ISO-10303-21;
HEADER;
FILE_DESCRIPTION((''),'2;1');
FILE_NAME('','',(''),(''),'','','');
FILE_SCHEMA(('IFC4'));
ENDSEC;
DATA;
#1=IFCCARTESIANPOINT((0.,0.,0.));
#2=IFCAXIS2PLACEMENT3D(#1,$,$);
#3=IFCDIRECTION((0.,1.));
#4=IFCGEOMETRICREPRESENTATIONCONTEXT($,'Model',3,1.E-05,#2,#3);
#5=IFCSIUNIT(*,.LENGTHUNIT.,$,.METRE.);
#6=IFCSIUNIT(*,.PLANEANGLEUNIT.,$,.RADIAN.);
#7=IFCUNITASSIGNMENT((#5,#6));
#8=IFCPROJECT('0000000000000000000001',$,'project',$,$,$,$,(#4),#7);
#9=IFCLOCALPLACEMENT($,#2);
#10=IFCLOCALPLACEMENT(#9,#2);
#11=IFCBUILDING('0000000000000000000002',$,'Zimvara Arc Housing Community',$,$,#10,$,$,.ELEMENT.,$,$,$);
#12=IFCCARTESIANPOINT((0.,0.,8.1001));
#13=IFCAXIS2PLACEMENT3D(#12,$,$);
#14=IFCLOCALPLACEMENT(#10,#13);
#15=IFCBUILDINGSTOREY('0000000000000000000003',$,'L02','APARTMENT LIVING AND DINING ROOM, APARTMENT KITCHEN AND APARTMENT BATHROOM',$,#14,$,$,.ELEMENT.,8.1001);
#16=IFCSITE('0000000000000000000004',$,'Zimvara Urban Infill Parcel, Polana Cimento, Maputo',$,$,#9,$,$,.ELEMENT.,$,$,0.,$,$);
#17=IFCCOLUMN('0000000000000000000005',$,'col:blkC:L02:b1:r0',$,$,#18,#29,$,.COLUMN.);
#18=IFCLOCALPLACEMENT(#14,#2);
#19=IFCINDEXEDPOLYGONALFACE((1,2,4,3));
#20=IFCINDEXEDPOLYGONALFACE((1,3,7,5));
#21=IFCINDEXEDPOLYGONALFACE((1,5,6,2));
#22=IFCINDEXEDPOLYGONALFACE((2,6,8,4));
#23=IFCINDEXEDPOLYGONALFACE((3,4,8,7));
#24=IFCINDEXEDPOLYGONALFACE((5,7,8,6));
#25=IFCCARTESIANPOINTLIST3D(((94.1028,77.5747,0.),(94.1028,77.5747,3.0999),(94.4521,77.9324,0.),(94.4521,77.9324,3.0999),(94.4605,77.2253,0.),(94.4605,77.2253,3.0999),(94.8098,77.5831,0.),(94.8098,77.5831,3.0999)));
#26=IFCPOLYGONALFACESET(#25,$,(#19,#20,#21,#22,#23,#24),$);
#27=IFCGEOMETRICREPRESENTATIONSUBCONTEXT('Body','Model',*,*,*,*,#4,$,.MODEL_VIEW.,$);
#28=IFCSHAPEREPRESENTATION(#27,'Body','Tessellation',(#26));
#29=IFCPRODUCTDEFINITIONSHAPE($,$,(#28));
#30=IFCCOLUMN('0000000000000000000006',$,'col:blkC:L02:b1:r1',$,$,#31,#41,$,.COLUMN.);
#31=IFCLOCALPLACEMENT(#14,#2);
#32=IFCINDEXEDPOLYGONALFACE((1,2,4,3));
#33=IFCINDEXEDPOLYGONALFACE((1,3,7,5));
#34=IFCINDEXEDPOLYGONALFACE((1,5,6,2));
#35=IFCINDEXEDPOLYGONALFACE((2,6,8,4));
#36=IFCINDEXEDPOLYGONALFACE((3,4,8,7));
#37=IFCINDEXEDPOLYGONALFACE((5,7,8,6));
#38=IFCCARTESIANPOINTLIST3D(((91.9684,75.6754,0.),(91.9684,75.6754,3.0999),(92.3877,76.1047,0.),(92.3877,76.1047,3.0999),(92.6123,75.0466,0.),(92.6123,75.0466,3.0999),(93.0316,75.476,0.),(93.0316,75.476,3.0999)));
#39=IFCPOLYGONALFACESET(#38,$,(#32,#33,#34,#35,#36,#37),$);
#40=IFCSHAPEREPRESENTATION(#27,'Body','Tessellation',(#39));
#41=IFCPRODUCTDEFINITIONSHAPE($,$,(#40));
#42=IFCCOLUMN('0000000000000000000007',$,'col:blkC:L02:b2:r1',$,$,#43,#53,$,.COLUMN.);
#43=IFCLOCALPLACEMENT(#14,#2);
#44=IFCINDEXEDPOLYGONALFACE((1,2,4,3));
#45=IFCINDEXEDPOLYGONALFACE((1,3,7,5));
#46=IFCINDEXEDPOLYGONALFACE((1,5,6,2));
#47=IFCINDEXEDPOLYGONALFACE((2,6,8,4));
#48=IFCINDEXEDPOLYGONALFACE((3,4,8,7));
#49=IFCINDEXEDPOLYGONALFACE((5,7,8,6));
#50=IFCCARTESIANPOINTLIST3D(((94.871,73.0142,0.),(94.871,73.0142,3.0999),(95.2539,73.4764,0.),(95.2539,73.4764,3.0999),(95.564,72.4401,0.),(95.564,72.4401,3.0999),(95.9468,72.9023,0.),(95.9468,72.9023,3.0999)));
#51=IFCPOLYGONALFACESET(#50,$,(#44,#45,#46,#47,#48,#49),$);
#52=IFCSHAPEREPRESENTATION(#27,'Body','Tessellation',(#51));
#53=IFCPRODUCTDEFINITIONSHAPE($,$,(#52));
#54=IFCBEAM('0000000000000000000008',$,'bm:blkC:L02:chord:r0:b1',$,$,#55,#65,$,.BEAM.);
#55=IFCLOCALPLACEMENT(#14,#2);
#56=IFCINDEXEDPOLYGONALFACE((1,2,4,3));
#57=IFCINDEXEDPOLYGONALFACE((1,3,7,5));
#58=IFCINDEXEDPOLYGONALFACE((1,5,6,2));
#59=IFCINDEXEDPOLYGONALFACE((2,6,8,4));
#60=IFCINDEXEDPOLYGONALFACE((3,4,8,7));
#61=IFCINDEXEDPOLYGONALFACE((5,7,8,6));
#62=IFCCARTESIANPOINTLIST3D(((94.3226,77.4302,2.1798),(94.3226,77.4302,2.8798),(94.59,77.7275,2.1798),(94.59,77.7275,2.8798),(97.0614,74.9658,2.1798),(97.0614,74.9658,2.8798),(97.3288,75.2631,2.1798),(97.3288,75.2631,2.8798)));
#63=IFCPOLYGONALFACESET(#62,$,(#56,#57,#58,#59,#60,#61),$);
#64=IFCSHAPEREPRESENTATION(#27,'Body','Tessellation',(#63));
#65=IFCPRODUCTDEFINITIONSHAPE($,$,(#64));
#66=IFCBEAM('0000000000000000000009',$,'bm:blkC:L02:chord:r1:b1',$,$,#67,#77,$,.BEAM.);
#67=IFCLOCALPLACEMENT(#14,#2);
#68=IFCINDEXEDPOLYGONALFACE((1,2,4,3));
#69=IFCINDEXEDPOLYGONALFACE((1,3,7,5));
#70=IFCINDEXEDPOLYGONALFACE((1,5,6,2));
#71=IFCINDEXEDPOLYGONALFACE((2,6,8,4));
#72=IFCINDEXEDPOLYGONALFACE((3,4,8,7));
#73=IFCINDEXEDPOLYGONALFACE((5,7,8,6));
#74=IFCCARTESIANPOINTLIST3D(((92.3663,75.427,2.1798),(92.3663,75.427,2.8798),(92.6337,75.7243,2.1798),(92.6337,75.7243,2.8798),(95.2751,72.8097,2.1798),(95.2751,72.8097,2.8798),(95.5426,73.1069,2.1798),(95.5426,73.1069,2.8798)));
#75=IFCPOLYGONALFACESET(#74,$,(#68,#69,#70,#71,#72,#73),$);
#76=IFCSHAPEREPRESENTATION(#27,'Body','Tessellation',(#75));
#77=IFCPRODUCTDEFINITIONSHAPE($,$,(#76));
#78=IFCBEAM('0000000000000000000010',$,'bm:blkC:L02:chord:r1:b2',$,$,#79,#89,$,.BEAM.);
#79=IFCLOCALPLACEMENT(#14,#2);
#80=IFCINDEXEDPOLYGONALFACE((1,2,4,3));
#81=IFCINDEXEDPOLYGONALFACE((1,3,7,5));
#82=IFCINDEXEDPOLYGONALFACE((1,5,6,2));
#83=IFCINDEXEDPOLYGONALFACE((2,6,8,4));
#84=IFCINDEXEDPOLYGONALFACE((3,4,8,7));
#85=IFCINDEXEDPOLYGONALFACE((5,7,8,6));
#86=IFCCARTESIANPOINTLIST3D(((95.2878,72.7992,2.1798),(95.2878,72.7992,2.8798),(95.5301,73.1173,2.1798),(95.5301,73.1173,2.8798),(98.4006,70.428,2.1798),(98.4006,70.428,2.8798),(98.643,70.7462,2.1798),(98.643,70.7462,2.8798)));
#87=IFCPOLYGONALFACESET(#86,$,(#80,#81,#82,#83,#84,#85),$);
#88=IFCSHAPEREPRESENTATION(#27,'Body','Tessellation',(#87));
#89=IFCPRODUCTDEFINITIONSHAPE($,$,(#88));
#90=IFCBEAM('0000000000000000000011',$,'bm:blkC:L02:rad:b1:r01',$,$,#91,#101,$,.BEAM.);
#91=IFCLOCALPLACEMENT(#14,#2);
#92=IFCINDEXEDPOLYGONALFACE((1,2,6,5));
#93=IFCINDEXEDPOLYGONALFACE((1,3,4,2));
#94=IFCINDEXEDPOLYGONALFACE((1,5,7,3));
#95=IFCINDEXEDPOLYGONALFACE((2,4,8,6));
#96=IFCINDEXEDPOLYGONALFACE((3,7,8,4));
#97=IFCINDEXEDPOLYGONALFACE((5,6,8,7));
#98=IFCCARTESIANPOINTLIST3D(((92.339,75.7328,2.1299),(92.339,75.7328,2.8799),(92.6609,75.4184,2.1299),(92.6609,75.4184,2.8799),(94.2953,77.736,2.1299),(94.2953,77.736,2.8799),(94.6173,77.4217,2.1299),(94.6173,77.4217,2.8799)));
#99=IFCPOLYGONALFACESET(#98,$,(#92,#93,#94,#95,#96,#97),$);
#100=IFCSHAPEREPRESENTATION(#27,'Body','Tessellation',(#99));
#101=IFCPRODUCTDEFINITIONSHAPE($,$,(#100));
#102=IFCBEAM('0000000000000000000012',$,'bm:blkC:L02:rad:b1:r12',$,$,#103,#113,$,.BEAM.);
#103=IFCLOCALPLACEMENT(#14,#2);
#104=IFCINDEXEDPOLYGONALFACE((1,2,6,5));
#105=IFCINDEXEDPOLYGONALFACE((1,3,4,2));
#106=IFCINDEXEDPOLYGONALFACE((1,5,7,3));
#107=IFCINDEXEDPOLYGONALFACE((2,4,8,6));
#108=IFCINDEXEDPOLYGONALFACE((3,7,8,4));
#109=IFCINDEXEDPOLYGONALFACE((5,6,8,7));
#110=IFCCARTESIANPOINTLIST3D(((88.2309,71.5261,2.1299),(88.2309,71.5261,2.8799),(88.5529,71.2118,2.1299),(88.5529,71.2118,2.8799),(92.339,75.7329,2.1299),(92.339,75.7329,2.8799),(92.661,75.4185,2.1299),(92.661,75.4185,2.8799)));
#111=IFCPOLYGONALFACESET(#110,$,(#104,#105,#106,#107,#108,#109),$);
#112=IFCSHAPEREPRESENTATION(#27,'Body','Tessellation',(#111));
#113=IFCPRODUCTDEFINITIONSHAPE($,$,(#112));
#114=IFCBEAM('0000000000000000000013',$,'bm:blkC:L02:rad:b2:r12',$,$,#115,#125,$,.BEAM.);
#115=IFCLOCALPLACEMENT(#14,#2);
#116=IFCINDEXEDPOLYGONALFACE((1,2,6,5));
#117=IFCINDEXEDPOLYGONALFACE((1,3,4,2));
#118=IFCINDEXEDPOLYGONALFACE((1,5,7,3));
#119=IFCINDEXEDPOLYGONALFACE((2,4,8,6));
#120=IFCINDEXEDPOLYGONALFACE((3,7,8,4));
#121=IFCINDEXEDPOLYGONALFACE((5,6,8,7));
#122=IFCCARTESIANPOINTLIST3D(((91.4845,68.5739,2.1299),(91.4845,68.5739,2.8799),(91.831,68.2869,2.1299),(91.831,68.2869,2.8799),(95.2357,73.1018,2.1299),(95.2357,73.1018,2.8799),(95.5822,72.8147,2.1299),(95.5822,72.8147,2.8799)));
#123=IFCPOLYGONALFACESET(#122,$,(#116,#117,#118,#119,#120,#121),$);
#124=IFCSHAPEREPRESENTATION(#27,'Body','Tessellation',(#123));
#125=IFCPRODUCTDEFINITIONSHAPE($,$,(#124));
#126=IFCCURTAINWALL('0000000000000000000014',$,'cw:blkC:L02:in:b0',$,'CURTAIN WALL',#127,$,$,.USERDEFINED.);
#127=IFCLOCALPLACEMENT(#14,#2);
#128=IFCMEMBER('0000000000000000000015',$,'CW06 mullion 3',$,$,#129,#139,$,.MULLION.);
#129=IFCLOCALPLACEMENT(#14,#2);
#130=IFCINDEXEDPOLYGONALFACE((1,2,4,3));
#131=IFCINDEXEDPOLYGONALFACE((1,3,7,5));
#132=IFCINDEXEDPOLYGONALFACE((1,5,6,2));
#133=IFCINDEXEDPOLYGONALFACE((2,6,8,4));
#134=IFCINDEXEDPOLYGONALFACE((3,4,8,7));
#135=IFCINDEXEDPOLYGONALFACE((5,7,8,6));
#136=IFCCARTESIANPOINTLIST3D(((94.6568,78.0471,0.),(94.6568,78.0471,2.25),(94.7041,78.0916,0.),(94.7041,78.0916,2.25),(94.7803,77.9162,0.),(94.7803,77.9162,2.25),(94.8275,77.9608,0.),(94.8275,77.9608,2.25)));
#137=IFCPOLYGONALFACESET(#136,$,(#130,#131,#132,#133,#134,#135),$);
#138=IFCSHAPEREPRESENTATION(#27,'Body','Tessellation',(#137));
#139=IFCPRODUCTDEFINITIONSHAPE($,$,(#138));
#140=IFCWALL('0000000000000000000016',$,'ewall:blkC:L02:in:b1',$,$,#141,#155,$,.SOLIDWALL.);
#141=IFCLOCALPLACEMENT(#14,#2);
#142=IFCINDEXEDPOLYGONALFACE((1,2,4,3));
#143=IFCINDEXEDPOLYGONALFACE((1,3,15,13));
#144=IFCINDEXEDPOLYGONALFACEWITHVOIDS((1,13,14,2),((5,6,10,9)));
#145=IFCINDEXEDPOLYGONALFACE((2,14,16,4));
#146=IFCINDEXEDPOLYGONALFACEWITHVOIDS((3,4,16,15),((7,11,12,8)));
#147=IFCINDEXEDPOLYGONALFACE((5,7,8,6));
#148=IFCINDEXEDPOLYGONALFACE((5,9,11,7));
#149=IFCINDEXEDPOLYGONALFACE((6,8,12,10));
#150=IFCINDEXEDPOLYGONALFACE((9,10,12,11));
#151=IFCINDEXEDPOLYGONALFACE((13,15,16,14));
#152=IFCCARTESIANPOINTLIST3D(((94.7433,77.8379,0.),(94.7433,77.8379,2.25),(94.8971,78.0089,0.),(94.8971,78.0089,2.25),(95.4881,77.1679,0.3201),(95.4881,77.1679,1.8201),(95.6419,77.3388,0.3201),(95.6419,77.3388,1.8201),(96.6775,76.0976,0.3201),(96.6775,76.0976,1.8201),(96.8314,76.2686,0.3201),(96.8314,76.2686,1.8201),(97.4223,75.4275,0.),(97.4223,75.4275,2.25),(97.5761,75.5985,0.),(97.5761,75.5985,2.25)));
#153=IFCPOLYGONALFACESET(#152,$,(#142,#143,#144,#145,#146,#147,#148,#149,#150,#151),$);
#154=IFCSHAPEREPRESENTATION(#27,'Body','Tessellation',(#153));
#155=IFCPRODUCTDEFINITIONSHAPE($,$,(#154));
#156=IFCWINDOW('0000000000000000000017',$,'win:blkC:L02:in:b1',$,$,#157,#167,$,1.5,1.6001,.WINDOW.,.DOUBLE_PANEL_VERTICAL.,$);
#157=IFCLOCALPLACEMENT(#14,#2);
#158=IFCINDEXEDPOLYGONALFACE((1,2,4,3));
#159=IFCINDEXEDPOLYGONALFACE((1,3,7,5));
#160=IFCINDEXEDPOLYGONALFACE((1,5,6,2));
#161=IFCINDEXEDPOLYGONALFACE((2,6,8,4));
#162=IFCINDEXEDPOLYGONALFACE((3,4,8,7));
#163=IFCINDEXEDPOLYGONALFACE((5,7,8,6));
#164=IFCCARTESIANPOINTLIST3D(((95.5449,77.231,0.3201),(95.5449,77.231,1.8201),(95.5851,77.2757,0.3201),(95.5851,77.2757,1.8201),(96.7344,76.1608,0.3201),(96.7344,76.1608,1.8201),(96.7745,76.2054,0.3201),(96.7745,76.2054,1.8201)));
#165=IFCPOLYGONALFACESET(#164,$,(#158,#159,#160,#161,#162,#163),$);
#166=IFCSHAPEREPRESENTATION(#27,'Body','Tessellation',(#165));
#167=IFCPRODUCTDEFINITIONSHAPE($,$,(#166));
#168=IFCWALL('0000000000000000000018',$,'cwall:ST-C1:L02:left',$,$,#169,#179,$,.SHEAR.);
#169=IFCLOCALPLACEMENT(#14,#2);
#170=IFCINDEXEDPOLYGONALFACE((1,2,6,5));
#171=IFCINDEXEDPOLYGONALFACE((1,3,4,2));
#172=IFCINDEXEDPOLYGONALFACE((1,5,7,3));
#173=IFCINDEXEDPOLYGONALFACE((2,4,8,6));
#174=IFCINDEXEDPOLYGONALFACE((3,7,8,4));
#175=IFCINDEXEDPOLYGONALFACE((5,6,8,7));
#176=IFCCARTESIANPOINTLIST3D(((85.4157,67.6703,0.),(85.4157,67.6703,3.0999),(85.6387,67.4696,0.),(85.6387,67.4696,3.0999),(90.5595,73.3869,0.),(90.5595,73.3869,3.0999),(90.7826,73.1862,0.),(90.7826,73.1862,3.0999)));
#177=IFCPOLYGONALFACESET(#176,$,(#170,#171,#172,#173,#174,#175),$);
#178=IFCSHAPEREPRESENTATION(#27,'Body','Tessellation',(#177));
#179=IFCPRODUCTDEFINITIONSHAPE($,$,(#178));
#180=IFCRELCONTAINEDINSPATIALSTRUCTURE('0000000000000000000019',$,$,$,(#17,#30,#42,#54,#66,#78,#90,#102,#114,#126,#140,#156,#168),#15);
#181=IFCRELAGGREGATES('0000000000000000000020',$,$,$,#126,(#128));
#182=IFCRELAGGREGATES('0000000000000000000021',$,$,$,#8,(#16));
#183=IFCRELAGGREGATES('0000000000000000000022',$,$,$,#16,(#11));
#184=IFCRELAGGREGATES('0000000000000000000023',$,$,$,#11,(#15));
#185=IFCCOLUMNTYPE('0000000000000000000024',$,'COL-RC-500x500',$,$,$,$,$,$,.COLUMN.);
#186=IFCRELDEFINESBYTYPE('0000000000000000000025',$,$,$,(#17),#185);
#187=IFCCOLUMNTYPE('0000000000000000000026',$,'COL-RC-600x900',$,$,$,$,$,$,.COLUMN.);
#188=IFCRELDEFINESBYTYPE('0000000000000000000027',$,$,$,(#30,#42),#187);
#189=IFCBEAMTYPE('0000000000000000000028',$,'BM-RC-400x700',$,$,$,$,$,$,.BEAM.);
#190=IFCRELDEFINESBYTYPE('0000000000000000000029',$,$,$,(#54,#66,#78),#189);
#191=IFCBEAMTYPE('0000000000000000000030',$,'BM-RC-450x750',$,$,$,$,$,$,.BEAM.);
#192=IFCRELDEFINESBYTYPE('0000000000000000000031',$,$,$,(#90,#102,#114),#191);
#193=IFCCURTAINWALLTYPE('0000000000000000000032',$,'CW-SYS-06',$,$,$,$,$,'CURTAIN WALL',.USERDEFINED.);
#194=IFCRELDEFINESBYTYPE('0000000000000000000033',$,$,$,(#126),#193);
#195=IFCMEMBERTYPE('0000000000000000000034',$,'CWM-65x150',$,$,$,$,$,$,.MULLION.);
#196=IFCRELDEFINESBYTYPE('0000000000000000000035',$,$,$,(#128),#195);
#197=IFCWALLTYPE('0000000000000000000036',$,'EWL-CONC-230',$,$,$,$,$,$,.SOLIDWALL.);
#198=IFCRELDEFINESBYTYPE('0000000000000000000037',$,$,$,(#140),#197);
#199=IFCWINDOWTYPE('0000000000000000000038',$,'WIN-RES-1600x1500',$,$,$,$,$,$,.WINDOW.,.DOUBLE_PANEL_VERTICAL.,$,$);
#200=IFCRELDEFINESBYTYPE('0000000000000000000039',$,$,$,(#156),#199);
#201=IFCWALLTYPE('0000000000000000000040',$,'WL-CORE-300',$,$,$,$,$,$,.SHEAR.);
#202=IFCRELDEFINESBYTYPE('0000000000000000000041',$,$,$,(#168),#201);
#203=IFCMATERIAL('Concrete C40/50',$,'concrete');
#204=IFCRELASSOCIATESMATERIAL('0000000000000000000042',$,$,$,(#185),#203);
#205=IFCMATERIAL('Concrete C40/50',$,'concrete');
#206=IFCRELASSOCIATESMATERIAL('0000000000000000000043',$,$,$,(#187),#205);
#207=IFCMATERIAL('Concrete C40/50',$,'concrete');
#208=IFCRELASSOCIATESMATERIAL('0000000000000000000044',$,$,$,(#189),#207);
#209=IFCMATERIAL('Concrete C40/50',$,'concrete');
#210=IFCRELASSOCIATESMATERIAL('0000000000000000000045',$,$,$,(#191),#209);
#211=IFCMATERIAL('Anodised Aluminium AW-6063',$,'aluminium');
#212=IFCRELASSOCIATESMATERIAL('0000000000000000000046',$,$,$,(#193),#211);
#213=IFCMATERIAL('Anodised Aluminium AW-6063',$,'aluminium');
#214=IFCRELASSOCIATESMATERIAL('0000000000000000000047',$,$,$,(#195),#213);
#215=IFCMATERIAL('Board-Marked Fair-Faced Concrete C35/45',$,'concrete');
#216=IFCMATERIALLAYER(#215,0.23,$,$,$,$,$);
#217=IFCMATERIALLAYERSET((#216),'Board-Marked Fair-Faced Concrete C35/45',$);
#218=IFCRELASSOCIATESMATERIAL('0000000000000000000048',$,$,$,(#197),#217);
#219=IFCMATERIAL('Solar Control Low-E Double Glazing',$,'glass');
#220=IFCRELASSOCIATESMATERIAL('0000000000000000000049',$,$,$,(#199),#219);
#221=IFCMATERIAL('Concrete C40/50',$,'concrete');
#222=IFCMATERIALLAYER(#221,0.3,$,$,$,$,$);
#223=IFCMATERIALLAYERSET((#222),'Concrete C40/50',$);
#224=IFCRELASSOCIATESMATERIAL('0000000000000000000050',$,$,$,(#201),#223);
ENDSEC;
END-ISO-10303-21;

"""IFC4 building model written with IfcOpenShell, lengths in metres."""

from ifc_helpers import new_model, si_unit, direction, frame, frame_2d, origin, origin_2d, place, context, subcontext, project, spatial, rectangle, extrude, material, layer, layer_set, material_profile, profile_set, type_object, element, fill, aggregate, save


model = new_model("IFC4")

# Units and contexts
model_context = context("Model", 3, precision=1e-05, world=origin(), true_north=direction((0.0, 1.0)))
body_context = subcontext(model_context, "Body", "Model", "MODEL_VIEW")
ifc_project = project(units=[si_unit("LENGTHUNIT", "METRE"), si_unit("PLANEANGLEUNIT", "RADIAN")], contexts=[model_context])

# Site, building, storey
site_placement = place(None, origin())
site = spatial("IfcSite", under=ifc_project, at=site_placement, Name="Zimvara Urban Infill Parcel, Polana Cimento, Maputo", CompositionType="ELEMENT", RefElevation=0.0)
building_placement = place(site_placement, origin())
building = spatial("IfcBuilding", under=site, at=building_placement, Name="Zimvara Arc Housing Community", CompositionType="ELEMENT")
storey_placement = place(building_placement, frame((0.0, 0.0, 8.1001)))
storey = spatial("IfcBuildingStorey", under=building, at=storey_placement, Name="L02", Description="APARTMENT LIVING AND DINING ROOM, APARTMENT KITCHEN AND APARTMENT BATHROOM", CompositionType="ELEMENT", Elevation=8.1001)

# Columns
ifc_material_1 = material(Name="Concrete C40/50", Category="concrete")
ifc_material_profile_1 = material_profile(ifc_material_1, rectangle(XDim=0.5, YDim=0.5, at=origin_2d()), Name="RC 500x500")
ifc_profile_set_1 = profile_set([ifc_material_profile_1], Name="Concrete C40/50")
column_type_1 = type_object("IfcColumnType", Name="COL-RC-500x500", PredefinedType="COLUMN", material=ifc_profile_set_1)
column_placement = place(storey_placement, frame((94.4563, 77.5789, 0.0), z_axis=(0.0, 0.0, 1.0), x_axis=(-0.698665, -0.715449, 0.0)))
element("IfcColumn", 1, at=column_placement, inside=storey, type_object=column_type_1, Name="col:blkC:L02:b1:r0", PredefinedType="COLUMN", context=body_context, shape_type="SweptSolid", body=[
    extrude(rectangle(XDim=0.5, YDim=0.5, at=origin_2d()), origin(), (0.0, 0.0, 1.0), 3.0999),
])
ifc_material_2 = material(Name="Concrete C40/50", Category="concrete")
ifc_material_profile_2 = material_profile(ifc_material_2, rectangle(XDim=0.6001, YDim=0.8999, at=origin_2d()), Name="RC 600x900")
ifc_profile_set_2 = profile_set([ifc_material_profile_2], Name="Concrete C40/50")
column_type_2 = type_object("IfcColumnType", Name="COL-RC-600x900", PredefinedType="COLUMN", material=ifc_profile_set_2)
for number, where, z_axis, x_axis, name in (
    (2, (92.5, 75.5757, 0.0), (0.0, 0.0, 1.0), (-0.698665, -0.715449, 0.0), "col:blkC:L02:b1:r1"),
    (3, (95.4089, 72.9583, 0.0), (0.0, 0.0, 1.0), (-0.637962, -0.770068, 0.0), "col:blkC:L02:b2:r1"),
):
    element("IfcColumn", number, at=place(storey_placement, frame(where, z_axis=z_axis, x_axis=x_axis)), inside=storey, type_object=column_type_2, Name=name, PredefinedType="COLUMN", context=body_context, shape_type="SweptSolid", body=[
        extrude(rectangle(XDim=0.6001, YDim=0.8999, at=origin_2d()), origin(), (0.0, 0.0, 1.0), 3.0999),
    ])

# Beams
ifc_material_3 = material(Name="Concrete C40/50", Category="concrete")
ifc_material_profile_3 = material_profile(ifc_material_3, rectangle(XDim=0.3999, YDim=0.7, at=origin_2d()), Name="RC 400x700")
ifc_profile_set_3 = profile_set([ifc_material_profile_3], Name="Concrete C40/50")
beam_type_1 = type_object("IfcBeamType", Name="BM-RC-400x700", PredefinedType="BEAM", material=ifc_profile_set_3)
beam_1_placement = place(storey_placement, frame((94.4563, 77.5789, 2.5298), z_axis=(0.743367, -0.668884, 0.0), x_axis=(0.668884, 0.743367, 0.0)))
element("IfcBeam", 4, at=beam_1_placement, inside=storey, type_object=beam_type_1, Name="bm:blkC:L02:chord:r0:b1", PredefinedType="BEAM", context=body_context, shape_type="SweptSolid", body=[
    extrude(rectangle(XDim=0.3999, YDim=0.7, at=origin_2d()), origin(), (0.0, 0.0, 1.0), 3.6843),
])
for number, where, z_axis, x_axis, name in (
    (5, (92.5, 75.5757, 2.5298), (0.743372, -0.668879, 0.0), (0.668879, 0.743372, 0.0), "bm:blkC:L02:chord:r1:b1"),
    (6, (95.4089, 72.9583, 2.5298), (0.7955, -0.605953, 0.0), (0.605953, 0.7955, 0.0), "bm:blkC:L02:chord:r1:b2"),
):
    element("IfcBeam", number, at=place(storey_placement, frame(where, z_axis=z_axis, x_axis=x_axis)), inside=storey, type_object=beam_type_1, Name=name, PredefinedType="BEAM", context=body_context, shape_type="SweptSolid", body=[
        extrude(rectangle(XDim=0.3999, YDim=0.7, at=origin_2d()), origin(), (0.0, 0.0, 1.0), 3.9131),
    ])
ifc_material_4 = material(Name="Concrete C40/50", Category="concrete")
ifc_material_profile_4 = material_profile(ifc_material_4, rectangle(XDim=0.45, YDim=0.75, at=origin_2d()), Name="RC 450x750")
ifc_profile_set_4 = profile_set([ifc_material_profile_4], Name="Concrete C40/50")
beam_type_2 = type_object("IfcBeamType", Name="BM-RC-450x750", PredefinedType="BEAM", material=ifc_profile_set_4)
beam_2_placement = place(storey_placement, frame((94.4563, 77.5789, 2.5049), z_axis=(-0.698687, -0.715428, 0.0), x_axis=(0.715428, -0.698687, 0.0)))
element("IfcBeam", 7, at=beam_2_placement, inside=storey, type_object=beam_type_2, Name="bm:blkC:L02:rad:b1:r01", PredefinedType="BEAM", context=body_context, shape_type="SweptSolid", body=[
    extrude(rectangle(XDim=0.45, YDim=0.75, at=origin_2d()), origin(), (0.0, 0.0, 1.0), 2.8),
])
for number, where, z_axis, x_axis, name in (
    (8, (92.5, 75.5757, 2.5049), (-0.69867, -0.715444, 0.0), (0.715444, -0.69867, 0.0), "bm:blkC:L02:rad:b1:r12"),
    (9, (95.4089, 72.9583, 2.5049), (-0.637976, -0.770056, 0.0), (0.770056, -0.637976, 0.0), "bm:blkC:L02:rad:b2:r12"),
):
    element("IfcBeam", number, at=place(storey_placement, frame(where, z_axis=z_axis, x_axis=x_axis)), inside=storey, type_object=beam_type_2, Name=name, PredefinedType="BEAM", context=body_context, shape_type="SweptSolid", body=[
        extrude(rectangle(XDim=0.45, YDim=0.75, at=origin_2d()), origin(), (0.0, 0.0, 1.0), 5.8799),
    ])

# Curtain wall, member
ifc_material_5 = material(Name="Anodised Aluminium AW-6063", Category="aluminium")
curtain_wall_type = type_object("IfcCurtainWallType", Name="CW-SYS-06", ElementType="CURTAIN WALL", PredefinedType="USERDEFINED", material=ifc_material_5)
curtain_wall_placement = place(storey_placement, origin())
curtain_wall = element("IfcCurtainWall", 10, at=curtain_wall_placement, inside=storey, type_object=curtain_wall_type, Name="cw:blkC:L02:in:b0", ObjectType="CURTAIN WALL", PredefinedType="USERDEFINED")
ifc_material_6 = material(Name="Anodised Aluminium AW-6063", Category="aluminium")
ifc_material_profile_5 = material_profile(ifc_material_6, rectangle(XDim=0.0649, YDim=0.1799, at=origin_2d()), Name="ALU 65x180")
ifc_profile_set_5 = profile_set([ifc_material_profile_5], Name="Anodised Aluminium AW-6063")
member_type = type_object("IfcMemberType", Name="CWM-65x150", PredefinedType="MULLION", material=ifc_profile_set_5)
member_placement = place(storey_placement, frame((94.7422, 78.0039, 0.0), z_axis=(0.0, 0.0, 1.0), x_axis=(0.727293, 0.686327, 0.0)))
member = element("IfcMember", 11, at=member_placement, type_object=member_type, Name="CW06 mullion 3", PredefinedType="MULLION", context=body_context, shape_type="SweptSolid", body=[
    extrude(rectangle(XDim=0.0649, YDim=0.1799, at=origin_2d()), origin(), (0.0, 0.0, 1.0), 2.25),
])
aggregate(curtain_wall, [member])

# Wall, opening, window
ifc_material_7 = material(Name="Board-Marked Fair-Faced Concrete C35/45", Category="concrete")
ifc_layer_1 = layer(ifc_material_7, 0.23)
ifc_layer_set_1 = layer_set([ifc_layer_1], Name="Board-Marked Fair-Faced Concrete C35/45")
wall_type_1 = type_object("IfcWallType", Name="EWL-CONC-230", PredefinedType="SOLIDWALL", material=ifc_layer_set_1)
wall_1_placement = place(storey_placement, frame((94.8203, 77.9233, 0.0), z_axis=(0.0, 0.0, 1.0), x_axis=(0.743385, -0.668864, 0.0)))
wall_1 = element("IfcWall", 12, at=wall_1_placement, inside=storey, type_object=wall_type_1, Name="ewall:blkC:L02:in:b1", PredefinedType="SOLIDWALL", context=body_context, shape_type="SweptSolid", body=[
    extrude(rectangle(XDim=3.6038, YDim=0.23, at=frame_2d((1.8018, 0.0))), origin(), (0.0, 0.0, 1.0), 2.25),
])
opening_1_placement = place(wall_1_placement, frame((1.0017, 0.0, 0.3201)))
opening_1 = element("IfcOpeningElement", 13, at=opening_1_placement, cuts=wall_1, PredefinedType="OPENING", context=body_context, shape_type="SweptSolid", body=[
    extrude(rectangle(XDim=1.6001, YDim=1.5, at=frame_2d((0.8, 0.75))), frame((0.0, 0.125, 0.0), z_axis=(0.0, -1.0, 0.0), x_axis=(1.0, 0.0, 0.0)), (0.0, 0.0, 1.0), 0.25),
])
ifc_material_8 = material(Name="Solar Control Low-E Double Glazing", Category="glass")
window_type = type_object("IfcWindowType", Name="WIN-RES-1600x1500", PartitioningType="DOUBLE_PANEL_VERTICAL", PredefinedType="WINDOW", material=ifc_material_8)
window_placement = place(opening_1_placement, origin())
window = element("IfcWindow", 14, at=window_placement, inside=storey, type_object=window_type, Name="win:blkC:L02:in:b1", OverallHeight=1.5, OverallWidth=1.6001, PartitioningType="DOUBLE_PANEL_VERTICAL", PredefinedType="WINDOW", context=body_context, shape_type="SweptSolid", body=[
    extrude(rectangle(XDim=1.6001, YDim=1.5, at=frame_2d((0.8, 0.75))), frame((0.0, 0.03, 0.0), z_axis=(0.0, -1.0, 0.0), x_axis=(1.0, 0.0, 0.0)), (0.0, 0.0, 1.0), 0.0601),
])
fill(opening_1, window)

# Shared definitions
ifc_material_9 = material(Name="Concrete C40/50", Category="concrete")
ifc_layer_2 = layer(ifc_material_9, 0.3)
ifc_layer_set_2 = layer_set([ifc_layer_2], Name="Concrete C40/50")
wall_type_2 = type_object("IfcWallType", Name="WL-CORE-300", PredefinedType="SHEAR", material=ifc_layer_set_2)

# Wall
wall_2_placement = place(storey_placement, frame((90.6711, 73.2866, 0.0), z_axis=(0.0, 0.0, 1.0), x_axis=(-0.668886, -0.743365, 0.0)))
element("IfcWall", 15, at=wall_2_placement, inside=storey, type_object=wall_type_2, Name="cwall:ST-C1:L02:left", PredefinedType="SHEAR", context=body_context, shape_type="SweptSolid", body=[
    extrude(rectangle(XDim=7.6902, YDim=0.3, at=frame_2d((3.8452, 0.0))), origin(), (0.0, 0.0, 1.0), 3.0999),
])

save(model, "model.ifc")
